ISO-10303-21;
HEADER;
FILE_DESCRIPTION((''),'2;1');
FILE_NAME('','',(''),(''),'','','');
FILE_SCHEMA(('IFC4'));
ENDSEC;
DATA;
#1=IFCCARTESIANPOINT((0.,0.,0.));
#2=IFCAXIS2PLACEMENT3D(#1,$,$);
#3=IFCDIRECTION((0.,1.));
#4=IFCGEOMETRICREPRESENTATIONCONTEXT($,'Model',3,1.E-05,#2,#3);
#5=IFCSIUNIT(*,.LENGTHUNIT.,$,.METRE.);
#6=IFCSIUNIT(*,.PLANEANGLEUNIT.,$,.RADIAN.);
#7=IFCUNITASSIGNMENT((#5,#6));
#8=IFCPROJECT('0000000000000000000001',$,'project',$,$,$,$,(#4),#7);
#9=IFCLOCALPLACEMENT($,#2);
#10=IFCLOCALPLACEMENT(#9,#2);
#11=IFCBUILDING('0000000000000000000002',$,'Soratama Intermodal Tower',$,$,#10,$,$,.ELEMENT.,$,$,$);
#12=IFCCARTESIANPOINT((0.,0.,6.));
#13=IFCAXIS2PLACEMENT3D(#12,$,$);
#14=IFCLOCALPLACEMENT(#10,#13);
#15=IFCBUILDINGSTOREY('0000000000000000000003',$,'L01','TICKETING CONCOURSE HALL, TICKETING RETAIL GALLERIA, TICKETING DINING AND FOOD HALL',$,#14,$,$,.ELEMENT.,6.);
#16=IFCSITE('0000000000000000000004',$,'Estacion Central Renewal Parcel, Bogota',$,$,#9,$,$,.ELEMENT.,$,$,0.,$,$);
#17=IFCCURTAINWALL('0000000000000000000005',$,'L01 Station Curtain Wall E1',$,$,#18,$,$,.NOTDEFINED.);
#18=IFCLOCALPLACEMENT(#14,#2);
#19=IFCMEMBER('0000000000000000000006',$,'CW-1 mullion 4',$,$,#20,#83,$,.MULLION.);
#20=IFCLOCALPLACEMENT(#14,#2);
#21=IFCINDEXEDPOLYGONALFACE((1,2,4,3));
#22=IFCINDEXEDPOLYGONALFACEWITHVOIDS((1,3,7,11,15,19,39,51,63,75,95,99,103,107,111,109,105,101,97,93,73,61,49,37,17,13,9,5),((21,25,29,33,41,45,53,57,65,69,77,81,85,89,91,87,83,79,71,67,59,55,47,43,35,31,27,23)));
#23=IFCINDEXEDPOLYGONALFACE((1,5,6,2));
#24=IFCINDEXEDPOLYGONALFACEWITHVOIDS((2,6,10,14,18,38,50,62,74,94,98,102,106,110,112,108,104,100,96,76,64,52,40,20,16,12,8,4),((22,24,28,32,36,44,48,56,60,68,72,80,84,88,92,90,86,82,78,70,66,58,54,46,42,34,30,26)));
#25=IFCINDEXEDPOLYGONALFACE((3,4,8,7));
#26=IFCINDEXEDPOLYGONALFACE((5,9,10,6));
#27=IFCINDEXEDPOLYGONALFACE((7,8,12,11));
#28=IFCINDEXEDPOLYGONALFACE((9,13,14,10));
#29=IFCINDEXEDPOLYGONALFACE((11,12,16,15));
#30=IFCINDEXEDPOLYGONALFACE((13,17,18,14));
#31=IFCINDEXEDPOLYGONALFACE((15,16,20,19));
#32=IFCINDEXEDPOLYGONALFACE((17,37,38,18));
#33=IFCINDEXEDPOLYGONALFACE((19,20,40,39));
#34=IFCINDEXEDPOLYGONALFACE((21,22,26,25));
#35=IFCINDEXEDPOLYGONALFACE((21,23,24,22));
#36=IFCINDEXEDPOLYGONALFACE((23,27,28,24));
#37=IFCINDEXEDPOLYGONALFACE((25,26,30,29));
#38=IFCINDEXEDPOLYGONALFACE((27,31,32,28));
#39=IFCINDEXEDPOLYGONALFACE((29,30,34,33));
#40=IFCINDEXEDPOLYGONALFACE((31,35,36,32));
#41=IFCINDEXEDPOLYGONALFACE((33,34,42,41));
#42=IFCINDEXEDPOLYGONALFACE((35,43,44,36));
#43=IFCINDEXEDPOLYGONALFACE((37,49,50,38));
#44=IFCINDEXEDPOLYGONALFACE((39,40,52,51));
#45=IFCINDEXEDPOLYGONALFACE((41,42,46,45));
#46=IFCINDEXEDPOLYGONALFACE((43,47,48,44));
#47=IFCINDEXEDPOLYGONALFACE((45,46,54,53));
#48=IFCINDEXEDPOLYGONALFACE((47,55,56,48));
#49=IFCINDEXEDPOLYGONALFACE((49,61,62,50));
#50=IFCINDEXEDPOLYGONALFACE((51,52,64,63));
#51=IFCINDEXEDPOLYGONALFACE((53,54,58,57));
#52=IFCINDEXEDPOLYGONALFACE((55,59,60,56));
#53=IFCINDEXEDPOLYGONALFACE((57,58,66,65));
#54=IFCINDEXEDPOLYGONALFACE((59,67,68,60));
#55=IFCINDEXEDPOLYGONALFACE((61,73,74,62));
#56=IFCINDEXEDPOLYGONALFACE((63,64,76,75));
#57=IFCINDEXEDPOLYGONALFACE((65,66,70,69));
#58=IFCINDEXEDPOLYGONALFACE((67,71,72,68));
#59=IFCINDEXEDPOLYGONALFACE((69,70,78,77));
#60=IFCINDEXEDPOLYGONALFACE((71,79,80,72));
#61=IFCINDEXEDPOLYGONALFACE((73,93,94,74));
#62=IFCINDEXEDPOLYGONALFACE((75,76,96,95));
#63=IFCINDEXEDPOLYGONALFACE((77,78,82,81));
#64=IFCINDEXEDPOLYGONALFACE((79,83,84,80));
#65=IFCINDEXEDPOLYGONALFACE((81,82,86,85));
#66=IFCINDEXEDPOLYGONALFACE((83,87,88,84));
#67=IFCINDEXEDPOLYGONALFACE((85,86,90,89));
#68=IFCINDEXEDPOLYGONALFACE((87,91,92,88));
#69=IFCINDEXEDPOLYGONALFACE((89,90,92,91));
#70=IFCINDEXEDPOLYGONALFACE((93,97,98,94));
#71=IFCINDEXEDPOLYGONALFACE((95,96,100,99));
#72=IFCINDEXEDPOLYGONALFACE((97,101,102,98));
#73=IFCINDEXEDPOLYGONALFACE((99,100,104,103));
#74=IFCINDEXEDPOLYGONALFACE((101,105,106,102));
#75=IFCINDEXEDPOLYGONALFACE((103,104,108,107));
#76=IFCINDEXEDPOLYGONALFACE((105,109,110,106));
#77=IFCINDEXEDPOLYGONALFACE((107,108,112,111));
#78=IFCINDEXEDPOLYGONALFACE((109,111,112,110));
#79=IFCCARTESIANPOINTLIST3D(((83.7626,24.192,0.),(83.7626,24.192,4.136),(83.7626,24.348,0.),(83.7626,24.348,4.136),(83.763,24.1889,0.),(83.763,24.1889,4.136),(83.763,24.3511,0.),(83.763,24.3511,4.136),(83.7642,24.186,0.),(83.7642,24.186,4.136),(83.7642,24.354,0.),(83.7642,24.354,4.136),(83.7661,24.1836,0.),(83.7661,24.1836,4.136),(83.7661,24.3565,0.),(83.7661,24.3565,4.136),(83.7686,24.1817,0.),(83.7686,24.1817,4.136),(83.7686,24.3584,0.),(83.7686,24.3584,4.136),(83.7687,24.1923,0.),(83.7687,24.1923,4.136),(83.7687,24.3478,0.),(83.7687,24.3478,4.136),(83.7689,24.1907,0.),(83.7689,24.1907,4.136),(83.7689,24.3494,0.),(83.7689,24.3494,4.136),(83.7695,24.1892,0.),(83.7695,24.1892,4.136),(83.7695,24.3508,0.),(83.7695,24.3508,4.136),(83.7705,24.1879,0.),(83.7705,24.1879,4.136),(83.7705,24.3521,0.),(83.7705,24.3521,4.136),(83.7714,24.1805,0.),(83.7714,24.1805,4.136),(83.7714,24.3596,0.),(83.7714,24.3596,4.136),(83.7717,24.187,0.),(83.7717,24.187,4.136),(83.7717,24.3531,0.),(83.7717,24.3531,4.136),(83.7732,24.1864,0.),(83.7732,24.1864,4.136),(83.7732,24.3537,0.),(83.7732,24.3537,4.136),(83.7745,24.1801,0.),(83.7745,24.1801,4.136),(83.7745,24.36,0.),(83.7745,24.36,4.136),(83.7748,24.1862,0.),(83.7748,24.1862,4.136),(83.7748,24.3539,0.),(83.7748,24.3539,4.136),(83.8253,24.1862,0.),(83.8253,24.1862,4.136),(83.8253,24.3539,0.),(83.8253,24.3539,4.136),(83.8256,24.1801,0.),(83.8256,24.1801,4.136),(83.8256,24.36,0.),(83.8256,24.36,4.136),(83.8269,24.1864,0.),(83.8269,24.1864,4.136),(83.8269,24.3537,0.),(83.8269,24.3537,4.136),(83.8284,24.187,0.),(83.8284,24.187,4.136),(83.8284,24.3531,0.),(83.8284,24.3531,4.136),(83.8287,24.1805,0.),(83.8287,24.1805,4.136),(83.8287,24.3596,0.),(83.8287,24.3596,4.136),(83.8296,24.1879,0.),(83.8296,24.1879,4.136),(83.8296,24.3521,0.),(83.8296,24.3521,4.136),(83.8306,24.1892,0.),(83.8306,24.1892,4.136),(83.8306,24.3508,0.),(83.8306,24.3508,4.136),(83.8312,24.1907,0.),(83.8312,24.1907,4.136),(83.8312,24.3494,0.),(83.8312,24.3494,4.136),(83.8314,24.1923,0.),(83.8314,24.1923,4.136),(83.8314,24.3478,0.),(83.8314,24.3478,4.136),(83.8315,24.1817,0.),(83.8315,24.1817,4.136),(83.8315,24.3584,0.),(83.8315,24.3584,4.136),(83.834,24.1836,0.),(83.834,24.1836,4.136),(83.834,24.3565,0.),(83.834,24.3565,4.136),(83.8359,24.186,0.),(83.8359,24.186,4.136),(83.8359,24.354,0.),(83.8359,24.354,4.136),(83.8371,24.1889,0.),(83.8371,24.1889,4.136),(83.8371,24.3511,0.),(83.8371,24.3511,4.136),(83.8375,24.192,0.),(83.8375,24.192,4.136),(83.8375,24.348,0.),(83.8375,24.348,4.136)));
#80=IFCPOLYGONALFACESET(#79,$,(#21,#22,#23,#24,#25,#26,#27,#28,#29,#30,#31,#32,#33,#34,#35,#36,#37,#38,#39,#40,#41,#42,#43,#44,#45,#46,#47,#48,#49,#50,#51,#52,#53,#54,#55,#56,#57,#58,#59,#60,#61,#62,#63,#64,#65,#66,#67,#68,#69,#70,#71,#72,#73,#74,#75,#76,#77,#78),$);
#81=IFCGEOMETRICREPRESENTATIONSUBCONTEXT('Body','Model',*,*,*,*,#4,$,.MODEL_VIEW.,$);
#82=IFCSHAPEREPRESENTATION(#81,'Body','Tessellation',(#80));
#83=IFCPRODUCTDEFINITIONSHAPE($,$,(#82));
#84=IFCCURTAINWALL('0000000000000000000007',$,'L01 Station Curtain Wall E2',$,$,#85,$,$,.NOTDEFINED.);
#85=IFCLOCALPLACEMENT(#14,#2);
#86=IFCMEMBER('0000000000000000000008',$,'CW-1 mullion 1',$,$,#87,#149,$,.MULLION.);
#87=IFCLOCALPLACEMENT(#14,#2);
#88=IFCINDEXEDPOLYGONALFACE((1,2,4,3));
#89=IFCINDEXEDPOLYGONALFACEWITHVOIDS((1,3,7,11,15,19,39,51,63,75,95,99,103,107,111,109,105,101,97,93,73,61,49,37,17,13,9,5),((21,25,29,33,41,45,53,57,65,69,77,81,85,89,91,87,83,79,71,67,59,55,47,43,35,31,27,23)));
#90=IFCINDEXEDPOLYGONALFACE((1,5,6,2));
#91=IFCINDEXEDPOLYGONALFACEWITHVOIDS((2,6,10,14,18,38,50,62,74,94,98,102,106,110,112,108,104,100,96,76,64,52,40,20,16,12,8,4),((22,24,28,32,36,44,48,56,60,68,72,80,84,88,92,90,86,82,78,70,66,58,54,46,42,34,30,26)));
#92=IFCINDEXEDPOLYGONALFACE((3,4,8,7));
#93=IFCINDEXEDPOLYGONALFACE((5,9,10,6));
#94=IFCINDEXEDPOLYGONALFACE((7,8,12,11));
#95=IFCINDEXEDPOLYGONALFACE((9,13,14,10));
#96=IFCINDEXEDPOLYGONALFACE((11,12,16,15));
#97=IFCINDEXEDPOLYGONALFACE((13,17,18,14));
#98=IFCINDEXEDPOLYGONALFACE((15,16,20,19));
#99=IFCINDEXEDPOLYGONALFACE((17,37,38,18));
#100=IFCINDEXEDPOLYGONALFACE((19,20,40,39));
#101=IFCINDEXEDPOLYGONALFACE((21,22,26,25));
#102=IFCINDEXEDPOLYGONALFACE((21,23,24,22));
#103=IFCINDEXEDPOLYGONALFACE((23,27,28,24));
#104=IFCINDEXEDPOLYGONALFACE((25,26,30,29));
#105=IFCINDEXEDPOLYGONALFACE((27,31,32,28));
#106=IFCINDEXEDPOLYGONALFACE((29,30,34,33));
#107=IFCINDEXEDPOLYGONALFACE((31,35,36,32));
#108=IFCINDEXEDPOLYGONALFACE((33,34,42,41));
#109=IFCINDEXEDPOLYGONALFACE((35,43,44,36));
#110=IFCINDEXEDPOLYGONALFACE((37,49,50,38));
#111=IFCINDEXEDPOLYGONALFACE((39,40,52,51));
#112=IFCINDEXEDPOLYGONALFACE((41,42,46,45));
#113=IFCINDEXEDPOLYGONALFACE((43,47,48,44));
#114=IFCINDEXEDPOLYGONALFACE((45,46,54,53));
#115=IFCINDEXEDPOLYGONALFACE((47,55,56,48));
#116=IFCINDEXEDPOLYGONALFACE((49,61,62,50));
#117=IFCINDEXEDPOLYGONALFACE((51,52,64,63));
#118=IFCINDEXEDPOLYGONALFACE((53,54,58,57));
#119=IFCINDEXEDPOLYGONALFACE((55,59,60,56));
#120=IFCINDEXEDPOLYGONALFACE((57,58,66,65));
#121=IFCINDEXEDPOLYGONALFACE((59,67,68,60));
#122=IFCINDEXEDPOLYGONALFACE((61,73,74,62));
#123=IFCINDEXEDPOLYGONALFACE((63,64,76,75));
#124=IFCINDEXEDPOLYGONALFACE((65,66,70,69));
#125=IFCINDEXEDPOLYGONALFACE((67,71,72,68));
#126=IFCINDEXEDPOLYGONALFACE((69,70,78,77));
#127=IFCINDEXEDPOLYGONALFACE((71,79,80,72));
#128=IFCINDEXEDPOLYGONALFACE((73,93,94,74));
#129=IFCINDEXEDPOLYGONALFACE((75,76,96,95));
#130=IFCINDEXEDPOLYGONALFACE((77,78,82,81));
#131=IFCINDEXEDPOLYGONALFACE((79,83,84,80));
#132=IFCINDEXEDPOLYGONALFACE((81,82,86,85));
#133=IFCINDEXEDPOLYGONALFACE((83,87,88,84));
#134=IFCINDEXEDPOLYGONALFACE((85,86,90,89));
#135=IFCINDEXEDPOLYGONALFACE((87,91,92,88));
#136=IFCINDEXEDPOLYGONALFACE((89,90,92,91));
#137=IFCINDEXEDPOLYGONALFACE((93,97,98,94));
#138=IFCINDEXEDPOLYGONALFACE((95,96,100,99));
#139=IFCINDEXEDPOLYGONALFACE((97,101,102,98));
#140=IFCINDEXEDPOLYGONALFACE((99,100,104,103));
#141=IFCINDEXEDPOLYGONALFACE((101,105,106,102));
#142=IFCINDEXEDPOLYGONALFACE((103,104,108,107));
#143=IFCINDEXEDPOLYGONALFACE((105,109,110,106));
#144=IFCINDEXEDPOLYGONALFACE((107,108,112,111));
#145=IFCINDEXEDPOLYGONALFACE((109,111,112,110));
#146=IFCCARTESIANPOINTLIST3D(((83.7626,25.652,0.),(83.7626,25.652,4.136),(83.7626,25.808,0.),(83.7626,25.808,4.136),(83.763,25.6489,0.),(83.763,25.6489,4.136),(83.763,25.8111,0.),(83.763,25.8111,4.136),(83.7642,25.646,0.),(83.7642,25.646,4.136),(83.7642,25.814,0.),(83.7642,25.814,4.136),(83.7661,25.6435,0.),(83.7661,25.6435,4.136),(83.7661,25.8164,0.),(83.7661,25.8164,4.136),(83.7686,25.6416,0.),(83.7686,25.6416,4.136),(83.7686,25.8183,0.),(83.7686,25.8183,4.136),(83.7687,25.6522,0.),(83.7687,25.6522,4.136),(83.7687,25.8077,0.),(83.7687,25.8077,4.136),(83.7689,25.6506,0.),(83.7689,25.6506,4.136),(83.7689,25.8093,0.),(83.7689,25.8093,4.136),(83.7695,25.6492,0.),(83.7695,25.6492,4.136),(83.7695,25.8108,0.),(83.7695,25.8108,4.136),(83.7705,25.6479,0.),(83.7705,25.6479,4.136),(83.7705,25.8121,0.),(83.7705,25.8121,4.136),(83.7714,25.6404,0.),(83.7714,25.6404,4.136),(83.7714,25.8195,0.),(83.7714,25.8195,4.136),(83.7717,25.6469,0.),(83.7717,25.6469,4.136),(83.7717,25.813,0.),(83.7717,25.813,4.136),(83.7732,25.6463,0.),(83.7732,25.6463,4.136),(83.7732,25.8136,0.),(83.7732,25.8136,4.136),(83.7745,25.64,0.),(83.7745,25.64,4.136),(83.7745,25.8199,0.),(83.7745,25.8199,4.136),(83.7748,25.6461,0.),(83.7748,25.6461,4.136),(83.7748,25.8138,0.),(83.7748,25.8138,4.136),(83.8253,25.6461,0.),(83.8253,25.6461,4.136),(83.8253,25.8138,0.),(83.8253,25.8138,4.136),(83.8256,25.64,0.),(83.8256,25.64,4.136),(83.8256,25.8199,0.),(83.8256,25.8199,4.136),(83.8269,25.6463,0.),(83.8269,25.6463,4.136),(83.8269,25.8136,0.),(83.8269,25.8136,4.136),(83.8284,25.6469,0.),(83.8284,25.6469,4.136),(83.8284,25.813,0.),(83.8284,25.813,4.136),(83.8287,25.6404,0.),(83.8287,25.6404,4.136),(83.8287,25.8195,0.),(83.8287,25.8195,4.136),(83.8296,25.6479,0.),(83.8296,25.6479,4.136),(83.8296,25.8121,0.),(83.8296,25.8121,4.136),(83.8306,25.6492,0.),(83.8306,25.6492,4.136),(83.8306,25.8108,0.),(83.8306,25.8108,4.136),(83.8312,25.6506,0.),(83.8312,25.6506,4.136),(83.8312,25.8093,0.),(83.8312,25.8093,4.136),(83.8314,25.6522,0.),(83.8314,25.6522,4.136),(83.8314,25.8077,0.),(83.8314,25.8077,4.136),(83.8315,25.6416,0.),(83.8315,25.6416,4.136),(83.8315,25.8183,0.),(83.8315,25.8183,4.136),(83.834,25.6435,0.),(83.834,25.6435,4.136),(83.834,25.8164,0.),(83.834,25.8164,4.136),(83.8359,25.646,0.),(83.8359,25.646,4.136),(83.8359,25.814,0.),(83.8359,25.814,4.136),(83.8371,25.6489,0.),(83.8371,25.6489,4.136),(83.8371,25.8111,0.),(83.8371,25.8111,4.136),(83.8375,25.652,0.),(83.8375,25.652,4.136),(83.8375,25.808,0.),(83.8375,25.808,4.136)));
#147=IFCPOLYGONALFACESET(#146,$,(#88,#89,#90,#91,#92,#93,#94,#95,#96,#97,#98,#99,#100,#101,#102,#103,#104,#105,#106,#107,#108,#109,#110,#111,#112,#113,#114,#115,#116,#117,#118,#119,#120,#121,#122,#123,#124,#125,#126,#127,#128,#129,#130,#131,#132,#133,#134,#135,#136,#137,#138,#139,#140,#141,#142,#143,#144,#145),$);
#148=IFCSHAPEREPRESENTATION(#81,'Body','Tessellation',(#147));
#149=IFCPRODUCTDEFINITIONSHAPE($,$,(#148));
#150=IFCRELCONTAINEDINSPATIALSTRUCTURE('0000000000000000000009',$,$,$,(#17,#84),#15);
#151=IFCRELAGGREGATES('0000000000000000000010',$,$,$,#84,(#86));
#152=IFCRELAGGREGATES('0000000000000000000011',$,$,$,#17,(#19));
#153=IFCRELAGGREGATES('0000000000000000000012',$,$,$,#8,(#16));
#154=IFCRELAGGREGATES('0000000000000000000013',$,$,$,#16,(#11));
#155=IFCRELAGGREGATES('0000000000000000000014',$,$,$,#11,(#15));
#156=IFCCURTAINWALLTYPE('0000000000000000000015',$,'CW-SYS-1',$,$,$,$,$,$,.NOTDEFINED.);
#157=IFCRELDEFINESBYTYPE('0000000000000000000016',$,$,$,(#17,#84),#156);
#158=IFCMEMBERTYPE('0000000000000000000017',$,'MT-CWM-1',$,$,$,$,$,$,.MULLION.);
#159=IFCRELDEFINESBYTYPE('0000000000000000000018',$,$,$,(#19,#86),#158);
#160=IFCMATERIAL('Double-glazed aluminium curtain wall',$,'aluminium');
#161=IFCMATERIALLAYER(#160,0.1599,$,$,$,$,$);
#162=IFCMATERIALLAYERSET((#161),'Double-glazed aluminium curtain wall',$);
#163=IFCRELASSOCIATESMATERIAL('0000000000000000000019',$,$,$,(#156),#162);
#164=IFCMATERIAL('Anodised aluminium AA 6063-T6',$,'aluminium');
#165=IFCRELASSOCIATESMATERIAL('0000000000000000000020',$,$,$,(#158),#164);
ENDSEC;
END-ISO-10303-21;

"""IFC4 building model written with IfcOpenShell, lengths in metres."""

from ifc_helpers import new_model, si_unit, direction, frame, origin, origin_2d, place, context, subcontext, project, spatial, hollow_rectangle, extrude, material, layer, layer_set, material_profile, profile_set, type_object, element, aggregate, save


model = new_model("IFC4")

# Units and contexts
model_context = context("Model", 3, precision=1e-05, world=origin(), true_north=direction((0.0, 1.0)))
body_context = subcontext(model_context, "Body", "Model", "MODEL_VIEW")
ifc_project = project(units=[si_unit("LENGTHUNIT", "METRE"), si_unit("PLANEANGLEUNIT", "RADIAN")], contexts=[model_context])

# Site, building, storey
site_placement = place(None, origin())
site = spatial("IfcSite", under=ifc_project, at=site_placement, Name="Estacion Central Renewal Parcel, Bogota", CompositionType="ELEMENT", RefElevation=0.0)
building_placement = place(site_placement, origin())
building = spatial("IfcBuilding", under=site, at=building_placement, Name="Soratama Intermodal Tower", CompositionType="ELEMENT")
storey_placement = place(building_placement, frame((0.0, 0.0, 6.0)))
storey = spatial("IfcBuildingStorey", under=building, at=storey_placement, Name="L01", Description="TICKETING CONCOURSE HALL, TICKETING RETAIL GALLERIA, TICKETING DINING AND FOOD HALL", CompositionType="ELEMENT", Elevation=6.0)

# Curtain wall, member
ifc_material_1 = material(Name="Double-glazed aluminium curtain wall", Category="aluminium")
ifc_layer_1 = layer(ifc_material_1, 0.1599)
ifc_layer_set_1 = layer_set([ifc_layer_1], Name="Double-glazed aluminium curtain wall")
curtain_wall_type = type_object("IfcCurtainWallType", Name="CW-SYS-1", PredefinedType="NOTDEFINED", material=ifc_layer_set_1)
curtain_wall_1_placement = place(storey_placement, origin())
curtain_wall_1 = element("IfcCurtainWall", 1, at=curtain_wall_1_placement, inside=storey, type_object=curtain_wall_type, Name="L01 Station Curtain Wall E1", PredefinedType="NOTDEFINED")
ifc_material_2 = material(Name="Anodised aluminium AA 6063-T6", Category="aluminium")
ifc_material_profile_1 = material_profile(ifc_material_2, hollow_rectangle(XDim=0.075, YDim=0.1799, WallThickness=0.0061, InnerFilletRadius=0.0061, OuterFilletRadius=0.012, at=origin_2d()), Name="CWM180X75X6")
ifc_profile_set_1 = profile_set([ifc_material_profile_1], Name="Anodised aluminium AA 6063-T6")
member_type_1 = type_object("IfcMemberType", Name="MT-CWM-1", PredefinedType="MULLION", material=ifc_profile_set_1)
member_1_placement = place(storey_placement, frame((83.8, 24.27, 0.0), z_axis=(0.0, 0.0, 1.0), x_axis=(-1.0, 0.0, 0.0)))
member_1 = element("IfcMember", 2, at=member_1_placement, type_object=member_type_1, Name="CW-1 mullion 4", PredefinedType="MULLION", context=body_context, shape_type="SweptSolid", body=[
    extrude(hollow_rectangle(XDim=0.075, YDim=0.1799, WallThickness=0.0061, InnerFilletRadius=0.0061, OuterFilletRadius=0.012, at=origin_2d()), origin(), (0.0, 0.0, 1.0), 4.136),
])

# Curtain wall, member
curtain_wall_2_placement = place(storey_placement, origin())
curtain_wall_2 = element("IfcCurtainWall", 3, at=curtain_wall_2_placement, inside=storey, type_object=curtain_wall_type, Name="L01 Station Curtain Wall E2", PredefinedType="NOTDEFINED")
member_2_placement = place(storey_placement, frame((83.8, 25.73, 0.0), z_axis=(0.0, 0.0, 1.0), x_axis=(-1.0, 0.0, 0.0)))
member_2 = element("IfcMember", 4, at=member_2_placement, type_object=member_type_1, Name="CW-1 mullion 1", PredefinedType="MULLION", context=body_context, shape_type="SweptSolid", body=[
    extrude(hollow_rectangle(XDim=0.075, YDim=0.1799, WallThickness=0.0061, InnerFilletRadius=0.0061, OuterFilletRadius=0.012, at=origin_2d()), origin(), (0.0, 0.0, 1.0), 4.136),
])

aggregate(curtain_wall_2, [member_2])

aggregate(curtain_wall_1, [member_1])

save(model, "model.ifc")
